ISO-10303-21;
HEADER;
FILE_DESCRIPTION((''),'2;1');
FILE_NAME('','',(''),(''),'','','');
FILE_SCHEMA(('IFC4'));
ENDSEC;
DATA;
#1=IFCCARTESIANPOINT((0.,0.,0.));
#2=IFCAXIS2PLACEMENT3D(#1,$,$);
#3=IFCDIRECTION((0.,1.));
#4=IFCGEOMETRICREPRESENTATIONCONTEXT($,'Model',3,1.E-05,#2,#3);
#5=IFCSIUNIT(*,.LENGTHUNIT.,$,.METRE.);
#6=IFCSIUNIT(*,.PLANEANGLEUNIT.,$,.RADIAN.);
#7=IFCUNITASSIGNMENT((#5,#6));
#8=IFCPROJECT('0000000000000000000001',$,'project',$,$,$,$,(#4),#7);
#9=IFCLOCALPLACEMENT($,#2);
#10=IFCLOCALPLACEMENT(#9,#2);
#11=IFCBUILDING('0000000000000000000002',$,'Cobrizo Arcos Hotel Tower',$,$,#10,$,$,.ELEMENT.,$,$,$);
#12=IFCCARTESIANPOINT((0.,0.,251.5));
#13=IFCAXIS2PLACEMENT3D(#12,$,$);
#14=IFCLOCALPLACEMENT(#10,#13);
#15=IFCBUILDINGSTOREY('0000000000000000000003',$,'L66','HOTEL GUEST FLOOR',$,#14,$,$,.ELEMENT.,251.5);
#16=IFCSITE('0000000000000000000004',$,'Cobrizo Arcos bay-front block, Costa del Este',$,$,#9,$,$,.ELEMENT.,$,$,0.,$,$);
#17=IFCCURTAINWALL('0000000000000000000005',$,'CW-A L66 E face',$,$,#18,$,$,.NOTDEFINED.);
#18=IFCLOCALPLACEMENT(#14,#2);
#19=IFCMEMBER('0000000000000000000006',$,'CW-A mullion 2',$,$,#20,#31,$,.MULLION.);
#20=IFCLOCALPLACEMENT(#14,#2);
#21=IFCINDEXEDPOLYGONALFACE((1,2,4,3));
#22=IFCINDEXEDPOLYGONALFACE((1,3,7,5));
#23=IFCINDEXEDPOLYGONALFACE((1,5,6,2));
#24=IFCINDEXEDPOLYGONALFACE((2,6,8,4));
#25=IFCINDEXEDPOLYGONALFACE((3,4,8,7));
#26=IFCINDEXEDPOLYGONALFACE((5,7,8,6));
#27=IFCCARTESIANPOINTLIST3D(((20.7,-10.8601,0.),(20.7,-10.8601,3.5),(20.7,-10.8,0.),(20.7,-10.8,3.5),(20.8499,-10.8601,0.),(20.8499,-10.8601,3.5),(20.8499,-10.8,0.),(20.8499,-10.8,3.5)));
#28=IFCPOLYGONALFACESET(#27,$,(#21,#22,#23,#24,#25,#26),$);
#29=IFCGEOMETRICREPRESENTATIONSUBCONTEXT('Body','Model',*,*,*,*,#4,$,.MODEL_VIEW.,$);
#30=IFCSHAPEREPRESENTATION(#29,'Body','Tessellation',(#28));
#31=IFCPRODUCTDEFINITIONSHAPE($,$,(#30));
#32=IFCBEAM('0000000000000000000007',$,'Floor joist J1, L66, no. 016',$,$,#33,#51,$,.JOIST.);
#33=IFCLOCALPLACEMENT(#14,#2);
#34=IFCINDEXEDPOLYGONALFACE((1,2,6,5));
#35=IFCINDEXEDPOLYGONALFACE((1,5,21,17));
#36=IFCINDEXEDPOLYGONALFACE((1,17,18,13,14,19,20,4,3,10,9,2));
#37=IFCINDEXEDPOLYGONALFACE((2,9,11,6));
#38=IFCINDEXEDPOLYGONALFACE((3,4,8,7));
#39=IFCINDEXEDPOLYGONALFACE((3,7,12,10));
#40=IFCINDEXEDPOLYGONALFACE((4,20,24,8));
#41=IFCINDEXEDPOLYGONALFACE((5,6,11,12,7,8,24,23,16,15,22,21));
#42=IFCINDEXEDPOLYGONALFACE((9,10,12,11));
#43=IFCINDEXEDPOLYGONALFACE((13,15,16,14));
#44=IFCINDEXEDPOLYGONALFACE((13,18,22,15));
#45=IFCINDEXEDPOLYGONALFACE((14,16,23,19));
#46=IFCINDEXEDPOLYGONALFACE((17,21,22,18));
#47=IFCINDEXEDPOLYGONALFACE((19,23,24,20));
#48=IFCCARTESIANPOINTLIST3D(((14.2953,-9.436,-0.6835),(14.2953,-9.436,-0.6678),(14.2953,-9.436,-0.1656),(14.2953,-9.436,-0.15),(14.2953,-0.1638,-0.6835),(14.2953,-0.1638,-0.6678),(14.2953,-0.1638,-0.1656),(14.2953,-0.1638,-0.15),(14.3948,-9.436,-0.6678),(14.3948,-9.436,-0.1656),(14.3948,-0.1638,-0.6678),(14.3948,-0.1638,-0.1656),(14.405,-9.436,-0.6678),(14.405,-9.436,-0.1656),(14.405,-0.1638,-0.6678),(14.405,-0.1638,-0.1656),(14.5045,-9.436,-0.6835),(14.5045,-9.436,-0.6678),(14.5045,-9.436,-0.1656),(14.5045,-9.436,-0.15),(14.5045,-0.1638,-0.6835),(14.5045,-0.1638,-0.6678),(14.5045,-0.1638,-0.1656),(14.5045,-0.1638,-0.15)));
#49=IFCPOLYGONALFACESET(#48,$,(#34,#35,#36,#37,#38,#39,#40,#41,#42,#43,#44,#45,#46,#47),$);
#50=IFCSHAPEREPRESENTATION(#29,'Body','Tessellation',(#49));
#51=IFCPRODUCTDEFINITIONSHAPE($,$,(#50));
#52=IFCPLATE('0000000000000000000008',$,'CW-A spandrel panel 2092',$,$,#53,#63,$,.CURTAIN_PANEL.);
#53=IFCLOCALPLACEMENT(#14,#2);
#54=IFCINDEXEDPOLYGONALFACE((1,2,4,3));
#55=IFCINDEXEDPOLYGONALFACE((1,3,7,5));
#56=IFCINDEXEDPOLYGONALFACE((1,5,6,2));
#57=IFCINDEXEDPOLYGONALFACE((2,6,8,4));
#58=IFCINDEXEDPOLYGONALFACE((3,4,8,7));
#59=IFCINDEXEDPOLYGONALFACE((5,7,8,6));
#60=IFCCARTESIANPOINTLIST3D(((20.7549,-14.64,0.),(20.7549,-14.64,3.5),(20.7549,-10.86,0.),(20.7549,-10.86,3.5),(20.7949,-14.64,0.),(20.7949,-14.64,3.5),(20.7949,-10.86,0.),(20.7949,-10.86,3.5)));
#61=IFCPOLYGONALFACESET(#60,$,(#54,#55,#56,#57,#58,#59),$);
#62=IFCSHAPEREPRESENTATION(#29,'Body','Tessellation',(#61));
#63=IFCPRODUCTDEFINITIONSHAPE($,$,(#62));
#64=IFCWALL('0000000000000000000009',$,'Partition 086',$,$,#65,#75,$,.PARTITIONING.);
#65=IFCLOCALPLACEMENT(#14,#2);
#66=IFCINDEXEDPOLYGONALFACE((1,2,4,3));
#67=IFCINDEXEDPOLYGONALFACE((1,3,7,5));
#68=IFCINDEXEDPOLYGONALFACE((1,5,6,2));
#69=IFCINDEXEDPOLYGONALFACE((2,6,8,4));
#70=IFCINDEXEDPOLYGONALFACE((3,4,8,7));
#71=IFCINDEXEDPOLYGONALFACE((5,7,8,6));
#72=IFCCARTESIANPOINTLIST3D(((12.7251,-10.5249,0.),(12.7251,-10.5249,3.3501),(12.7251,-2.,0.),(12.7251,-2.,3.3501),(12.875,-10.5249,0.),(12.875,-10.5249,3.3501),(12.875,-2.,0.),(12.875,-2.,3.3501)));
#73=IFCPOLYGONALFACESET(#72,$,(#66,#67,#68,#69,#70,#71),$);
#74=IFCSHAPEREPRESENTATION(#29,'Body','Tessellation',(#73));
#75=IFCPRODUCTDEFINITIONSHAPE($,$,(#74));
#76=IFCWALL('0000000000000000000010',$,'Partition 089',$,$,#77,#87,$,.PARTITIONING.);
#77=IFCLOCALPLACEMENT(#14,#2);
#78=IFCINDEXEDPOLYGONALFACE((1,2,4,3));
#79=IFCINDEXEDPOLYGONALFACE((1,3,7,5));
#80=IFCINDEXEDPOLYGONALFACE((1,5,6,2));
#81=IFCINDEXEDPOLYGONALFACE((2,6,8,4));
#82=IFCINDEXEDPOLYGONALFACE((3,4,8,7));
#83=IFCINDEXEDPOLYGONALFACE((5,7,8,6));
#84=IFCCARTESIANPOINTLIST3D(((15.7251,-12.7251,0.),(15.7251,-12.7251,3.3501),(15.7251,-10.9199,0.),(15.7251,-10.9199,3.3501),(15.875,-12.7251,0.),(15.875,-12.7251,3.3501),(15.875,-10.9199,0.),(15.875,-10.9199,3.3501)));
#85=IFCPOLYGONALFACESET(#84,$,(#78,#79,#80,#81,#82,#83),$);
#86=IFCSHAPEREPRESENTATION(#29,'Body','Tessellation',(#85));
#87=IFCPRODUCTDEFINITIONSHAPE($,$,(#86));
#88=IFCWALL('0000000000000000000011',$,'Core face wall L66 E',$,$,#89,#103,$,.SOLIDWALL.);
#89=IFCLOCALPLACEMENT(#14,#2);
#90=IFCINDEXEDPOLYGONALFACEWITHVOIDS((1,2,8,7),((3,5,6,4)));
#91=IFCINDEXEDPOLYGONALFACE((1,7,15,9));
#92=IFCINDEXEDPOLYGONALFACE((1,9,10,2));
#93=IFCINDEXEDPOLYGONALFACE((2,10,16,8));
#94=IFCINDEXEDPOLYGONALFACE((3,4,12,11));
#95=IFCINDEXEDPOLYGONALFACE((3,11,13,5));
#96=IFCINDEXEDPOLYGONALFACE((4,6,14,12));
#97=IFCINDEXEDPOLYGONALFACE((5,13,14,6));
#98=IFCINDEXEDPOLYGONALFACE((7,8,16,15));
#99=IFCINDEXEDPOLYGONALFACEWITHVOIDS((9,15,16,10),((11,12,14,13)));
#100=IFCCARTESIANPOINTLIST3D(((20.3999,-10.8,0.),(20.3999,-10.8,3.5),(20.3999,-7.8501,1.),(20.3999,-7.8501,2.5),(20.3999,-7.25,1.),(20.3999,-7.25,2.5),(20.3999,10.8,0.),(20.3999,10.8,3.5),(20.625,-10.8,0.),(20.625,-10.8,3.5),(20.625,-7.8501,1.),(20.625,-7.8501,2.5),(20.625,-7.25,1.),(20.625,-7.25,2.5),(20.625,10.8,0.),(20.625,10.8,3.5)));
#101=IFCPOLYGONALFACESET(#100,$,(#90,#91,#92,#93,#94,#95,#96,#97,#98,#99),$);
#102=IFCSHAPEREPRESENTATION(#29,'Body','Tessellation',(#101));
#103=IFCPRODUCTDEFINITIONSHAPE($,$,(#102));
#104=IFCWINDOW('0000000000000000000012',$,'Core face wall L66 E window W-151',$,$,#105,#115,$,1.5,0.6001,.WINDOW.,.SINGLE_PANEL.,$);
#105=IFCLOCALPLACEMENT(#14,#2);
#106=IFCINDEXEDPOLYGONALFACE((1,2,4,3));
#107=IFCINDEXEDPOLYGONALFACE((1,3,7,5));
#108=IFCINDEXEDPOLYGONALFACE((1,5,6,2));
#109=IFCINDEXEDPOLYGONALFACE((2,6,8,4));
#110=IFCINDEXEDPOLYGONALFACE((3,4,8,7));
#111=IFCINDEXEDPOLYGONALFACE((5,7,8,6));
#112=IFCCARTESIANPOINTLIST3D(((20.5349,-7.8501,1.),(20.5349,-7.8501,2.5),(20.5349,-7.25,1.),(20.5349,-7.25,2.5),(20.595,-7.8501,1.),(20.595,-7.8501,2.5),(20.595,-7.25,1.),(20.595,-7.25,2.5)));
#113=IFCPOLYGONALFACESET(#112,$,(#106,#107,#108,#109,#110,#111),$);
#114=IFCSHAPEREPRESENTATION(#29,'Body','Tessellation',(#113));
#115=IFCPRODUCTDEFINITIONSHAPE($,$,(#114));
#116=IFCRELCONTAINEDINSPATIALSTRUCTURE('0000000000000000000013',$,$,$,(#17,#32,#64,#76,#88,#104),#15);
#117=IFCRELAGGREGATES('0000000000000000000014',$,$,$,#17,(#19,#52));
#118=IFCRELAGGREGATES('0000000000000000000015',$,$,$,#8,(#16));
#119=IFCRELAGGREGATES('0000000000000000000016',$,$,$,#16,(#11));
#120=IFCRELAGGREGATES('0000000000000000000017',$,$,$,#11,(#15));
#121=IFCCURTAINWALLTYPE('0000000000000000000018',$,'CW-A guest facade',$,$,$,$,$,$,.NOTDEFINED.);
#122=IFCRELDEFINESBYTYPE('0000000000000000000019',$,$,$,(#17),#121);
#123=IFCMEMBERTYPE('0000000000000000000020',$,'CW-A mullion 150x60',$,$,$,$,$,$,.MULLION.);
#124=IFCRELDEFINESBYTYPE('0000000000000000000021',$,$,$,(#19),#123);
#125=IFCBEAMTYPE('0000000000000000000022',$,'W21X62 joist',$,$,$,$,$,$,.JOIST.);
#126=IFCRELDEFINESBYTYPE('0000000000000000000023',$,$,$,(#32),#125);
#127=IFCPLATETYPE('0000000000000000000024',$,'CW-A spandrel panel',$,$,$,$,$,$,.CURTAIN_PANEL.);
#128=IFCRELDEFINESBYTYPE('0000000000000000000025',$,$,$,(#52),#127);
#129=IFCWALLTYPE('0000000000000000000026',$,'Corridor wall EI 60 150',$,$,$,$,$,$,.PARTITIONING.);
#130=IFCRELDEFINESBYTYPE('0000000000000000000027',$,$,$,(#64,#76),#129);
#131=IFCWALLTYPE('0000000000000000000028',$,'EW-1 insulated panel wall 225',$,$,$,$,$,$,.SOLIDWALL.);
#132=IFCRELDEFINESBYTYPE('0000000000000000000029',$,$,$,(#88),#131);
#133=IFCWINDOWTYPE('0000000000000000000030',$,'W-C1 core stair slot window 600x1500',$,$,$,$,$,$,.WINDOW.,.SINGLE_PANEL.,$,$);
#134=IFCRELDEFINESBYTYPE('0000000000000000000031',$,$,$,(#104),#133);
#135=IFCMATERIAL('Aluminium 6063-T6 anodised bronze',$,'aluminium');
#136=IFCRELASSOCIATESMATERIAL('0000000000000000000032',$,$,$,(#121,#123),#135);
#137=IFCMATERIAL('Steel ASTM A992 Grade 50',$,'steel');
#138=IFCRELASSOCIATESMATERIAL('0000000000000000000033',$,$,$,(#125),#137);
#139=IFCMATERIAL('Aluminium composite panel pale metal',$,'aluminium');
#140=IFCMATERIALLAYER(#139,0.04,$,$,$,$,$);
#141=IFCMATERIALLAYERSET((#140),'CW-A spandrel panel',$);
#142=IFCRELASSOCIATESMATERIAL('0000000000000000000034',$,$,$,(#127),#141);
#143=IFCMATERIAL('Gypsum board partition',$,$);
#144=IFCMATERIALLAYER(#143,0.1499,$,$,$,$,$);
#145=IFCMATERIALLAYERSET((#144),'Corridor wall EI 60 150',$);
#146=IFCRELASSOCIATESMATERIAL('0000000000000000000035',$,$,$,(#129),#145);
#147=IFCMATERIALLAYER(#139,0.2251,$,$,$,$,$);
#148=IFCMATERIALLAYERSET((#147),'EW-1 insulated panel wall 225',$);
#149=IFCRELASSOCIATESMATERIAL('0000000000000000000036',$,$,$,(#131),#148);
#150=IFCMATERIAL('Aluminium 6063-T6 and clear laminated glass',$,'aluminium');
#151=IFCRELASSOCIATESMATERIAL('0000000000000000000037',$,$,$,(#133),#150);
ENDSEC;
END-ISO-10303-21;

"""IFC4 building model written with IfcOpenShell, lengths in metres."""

from ifc_helpers import new_model, si_unit, direction, frame, frame_2d, origin, origin_2d, place, context, subcontext, project, spatial, rectangle, i_section, extrude, material, layer, layer_set, material_profile, profile_set, type_object, element, fill, aggregate, save


model = new_model("IFC4")

# Units and contexts
model_context = context("Model", 3, precision=1e-05, world=origin(), true_north=direction((0.0, 1.0)))
body_context = subcontext(model_context, "Body", "Model", "MODEL_VIEW")
ifc_project = project(units=[si_unit("LENGTHUNIT", "METRE"), si_unit("PLANEANGLEUNIT", "RADIAN")], contexts=[model_context])

# Site, building, storey
site_placement = place(None, origin())
site = spatial("IfcSite", under=ifc_project, at=site_placement, Name="Cobrizo Arcos bay-front block, Costa del Este", CompositionType="ELEMENT", RefElevation=0.0)
building_placement = place(site_placement, origin())
building = spatial("IfcBuilding", under=site, at=building_placement, Name="Cobrizo Arcos Hotel Tower", CompositionType="ELEMENT")
storey_placement = place(building_placement, frame((0.0, 0.0, 251.5)))
storey = spatial("IfcBuildingStorey", under=building, at=storey_placement, Name="L66", Description="HOTEL GUEST FLOOR", CompositionType="ELEMENT", Elevation=251.5)

# Curtain wall, member
ifc_material_1 = material(Name="Aluminium 6063-T6 anodised bronze", Category="aluminium")
curtain_wall_type = type_object("IfcCurtainWallType", Name="CW-A guest facade", PredefinedType="NOTDEFINED", material=ifc_material_1)
curtain_wall_placement = place(storey_placement, origin())
curtain_wall = element("IfcCurtainWall", 1, at=curtain_wall_placement, inside=storey, type_object=curtain_wall_type, Name="CW-A L66 E face", PredefinedType="NOTDEFINED")
ifc_material_profile_1 = material_profile(ifc_material_1, rectangle(XDim=0.1499, YDim=0.0601, at=origin_2d()), Name="CW-A mullion 150x60")
ifc_profile_set_1 = profile_set([ifc_material_profile_1], Name="Aluminium 6063-T6 anodised bronze")
member_type = type_object("IfcMemberType", Name="CW-A mullion 150x60", PredefinedType="MULLION", material=ifc_profile_set_1)
member_placement = place(storey_placement, frame((20.7749, -10.8301, 0.0), z_axis=(0.0, 0.0, 1.0), x_axis=(1.0, 0.0, 0.0)))
member = element("IfcMember", 2, at=member_placement, type_object=member_type, Name="CW-A mullion 2", PredefinedType="MULLION", context=body_context, shape_type="SweptSolid", body=[
    extrude(rectangle(XDim=0.1499, YDim=0.0601, at=origin_2d()), origin(), (0.0, 0.0, 1.0), 3.5),
])

# Beam
ifc_material_2 = material(Name="Steel ASTM A992 Grade 50", Category="steel")
ifc_material_profile_2 = material_profile(ifc_material_2, i_section(OverallWidth=0.2092, OverallDepth=0.5334, WebThickness=0.0103, FlangeThickness=0.0156, at=origin_2d()), Name="W21X62")
ifc_profile_set_2 = profile_set([ifc_material_profile_2], Name="Steel ASTM A992 Grade 50")
beam_type = type_object("IfcBeamType", Name="W21X62 joist", PredefinedType="JOIST", material=ifc_profile_set_2)
beam_placement = place(storey_placement, frame((14.3999, -9.436, -0.4167), z_axis=(0.0, 1.0, 0.0), x_axis=(-1.0, 0.0, 0.0)))
element("IfcBeam", 3, at=beam_placement, inside=storey, type_object=beam_type, Name="Floor joist J1, L66, no. 016", PredefinedType="JOIST", context=body_context, shape_type="SweptSolid", body=[
    extrude(i_section(OverallWidth=0.2092, OverallDepth=0.5334, WebThickness=0.0103, FlangeThickness=0.0156, at=origin_2d()), origin(), (0.0, 0.0, 1.0), 9.2722),
])

# Plate
ifc_material_3 = material(Name="Aluminium composite panel pale metal", Category="aluminium")
ifc_layer_1 = layer(ifc_material_3, 0.04)
ifc_layer_set_1 = layer_set([ifc_layer_1], Name="CW-A spandrel panel")
plate_type = type_object("IfcPlateType", Name="CW-A spandrel panel", PredefinedType="CURTAIN_PANEL", material=ifc_layer_set_1)
plate_placement = place(storey_placement, frame((20.7749, -12.75, 0.0), z_axis=(0.0, 0.0, 1.0), x_axis=(0.0, 1.0, 0.0)))
plate = element("IfcPlate", 4, at=plate_placement, type_object=plate_type, Name="CW-A spandrel panel 2092", PredefinedType="CURTAIN_PANEL", context=body_context, shape_type="SweptSolid", body=[
    extrude(rectangle(XDim=3.78, YDim=0.04, at=origin_2d()), origin(), (0.0, 0.0, 1.0), 3.5),
])
aggregate(curtain_wall, [member, plate])

# Walls
ifc_material_4 = material(Name="Gypsum board partition")
ifc_layer_2 = layer(ifc_material_4, 0.1499)
ifc_layer_set_2 = layer_set([ifc_layer_2], Name="Corridor wall EI 60 150")
wall_type_1 = type_object("IfcWallType", Name="Corridor wall EI 60 150", PredefinedType="PARTITIONING", material=ifc_layer_set_2)
wall_1_placement = place(storey_placement, frame((12.8, -10.5249, 0.0), z_axis=(0.0, 0.0, 1.0), x_axis=(0.0, 1.0, 0.0)))
element("IfcWall", 5, at=wall_1_placement, inside=storey, type_object=wall_type_1, Name="Partition 086", PredefinedType="PARTITIONING", context=body_context, shape_type="SweptSolid", body=[
    extrude(rectangle(XDim=8.5249, YDim=0.1499, at=frame_2d((4.2625, 0.0))), origin(), (0.0, 0.0, 1.0), 3.3501),
])
wall_2_placement = place(storey_placement, frame((15.8, -12.7251, 0.0), z_axis=(0.0, 0.0, 1.0), x_axis=(0.0, 1.0, 0.0)))
element("IfcWall", 6, at=wall_2_placement, inside=storey, type_object=wall_type_1, Name="Partition 089", PredefinedType="PARTITIONING", context=body_context, shape_type="SweptSolid", body=[
    extrude(rectangle(XDim=1.8052, YDim=0.1499, at=frame_2d((0.9026, 0.0))), origin(), (0.0, 0.0, 1.0), 3.3501),
])

# Wall, opening, window
ifc_layer_3 = layer(ifc_material_3, 0.2251)
ifc_layer_set_3 = layer_set([ifc_layer_3], Name="EW-1 insulated panel wall 225")
wall_type_2 = type_object("IfcWallType", Name="EW-1 insulated panel wall 225", PredefinedType="SOLIDWALL", material=ifc_layer_set_3)
wall_3_placement = place(storey_placement, frame((20.5125, -10.8, 0.0), z_axis=(0.0, 0.0, 1.0), x_axis=(0.0, 1.0, 0.0)))
wall_3 = element("IfcWall", 7, at=wall_3_placement, inside=storey, type_object=wall_type_2, Name="Core face wall L66 E", PredefinedType="SOLIDWALL", context=body_context, shape_type="SweptSolid", body=[
    extrude(rectangle(XDim=21.6001, YDim=0.2251, at=frame_2d((10.8, 0.0))), origin(), (0.0, 0.0, 1.0), 3.5),
])
opening_1_placement = place(wall_3_placement, frame((2.95, 0.0, 1.0)))
opening_1 = element("IfcOpeningElement", 8, at=opening_1_placement, cuts=wall_3, PredefinedType="OPENING", context=body_context, shape_type="SweptSolid", body=[
    extrude(rectangle(XDim=0.6001, YDim=1.5, at=frame_2d((0.3, 0.75))), frame((0.0, 0.1245, 0.0), z_axis=(0.0, -1.0, 0.0), x_axis=(1.0, 0.0, 0.0)), (0.0, 0.0, 1.0), 0.249),
])
ifc_material_5 = material(Name="Aluminium 6063-T6 and clear laminated glass", Category="aluminium")
window_type = type_object("IfcWindowType", Name="W-C1 core stair slot window 600x1500", PartitioningType="SINGLE_PANEL", PredefinedType="WINDOW", material=ifc_material_5)
window_placement = place(opening_1_placement, origin())
window = element("IfcWindow", 9, at=window_placement, inside=storey, type_object=window_type, Name="Core face wall L66 E window W-151", OverallHeight=1.5, OverallWidth=0.6001, PartitioningType="SINGLE_PANEL", PredefinedType="WINDOW", context=body_context, shape_type="SweptSolid", body=[
    extrude(rectangle(XDim=0.6001, YDim=1.5, at=frame_2d((0.3, 0.75))), frame((0.0, -0.0225, 0.0), z_axis=(0.0, -1.0, 0.0), x_axis=(1.0, 0.0, 0.0)), (0.0, 0.0, 1.0), 0.0601),
])
fill(opening_1, window)

save(model, "model.ifc")
